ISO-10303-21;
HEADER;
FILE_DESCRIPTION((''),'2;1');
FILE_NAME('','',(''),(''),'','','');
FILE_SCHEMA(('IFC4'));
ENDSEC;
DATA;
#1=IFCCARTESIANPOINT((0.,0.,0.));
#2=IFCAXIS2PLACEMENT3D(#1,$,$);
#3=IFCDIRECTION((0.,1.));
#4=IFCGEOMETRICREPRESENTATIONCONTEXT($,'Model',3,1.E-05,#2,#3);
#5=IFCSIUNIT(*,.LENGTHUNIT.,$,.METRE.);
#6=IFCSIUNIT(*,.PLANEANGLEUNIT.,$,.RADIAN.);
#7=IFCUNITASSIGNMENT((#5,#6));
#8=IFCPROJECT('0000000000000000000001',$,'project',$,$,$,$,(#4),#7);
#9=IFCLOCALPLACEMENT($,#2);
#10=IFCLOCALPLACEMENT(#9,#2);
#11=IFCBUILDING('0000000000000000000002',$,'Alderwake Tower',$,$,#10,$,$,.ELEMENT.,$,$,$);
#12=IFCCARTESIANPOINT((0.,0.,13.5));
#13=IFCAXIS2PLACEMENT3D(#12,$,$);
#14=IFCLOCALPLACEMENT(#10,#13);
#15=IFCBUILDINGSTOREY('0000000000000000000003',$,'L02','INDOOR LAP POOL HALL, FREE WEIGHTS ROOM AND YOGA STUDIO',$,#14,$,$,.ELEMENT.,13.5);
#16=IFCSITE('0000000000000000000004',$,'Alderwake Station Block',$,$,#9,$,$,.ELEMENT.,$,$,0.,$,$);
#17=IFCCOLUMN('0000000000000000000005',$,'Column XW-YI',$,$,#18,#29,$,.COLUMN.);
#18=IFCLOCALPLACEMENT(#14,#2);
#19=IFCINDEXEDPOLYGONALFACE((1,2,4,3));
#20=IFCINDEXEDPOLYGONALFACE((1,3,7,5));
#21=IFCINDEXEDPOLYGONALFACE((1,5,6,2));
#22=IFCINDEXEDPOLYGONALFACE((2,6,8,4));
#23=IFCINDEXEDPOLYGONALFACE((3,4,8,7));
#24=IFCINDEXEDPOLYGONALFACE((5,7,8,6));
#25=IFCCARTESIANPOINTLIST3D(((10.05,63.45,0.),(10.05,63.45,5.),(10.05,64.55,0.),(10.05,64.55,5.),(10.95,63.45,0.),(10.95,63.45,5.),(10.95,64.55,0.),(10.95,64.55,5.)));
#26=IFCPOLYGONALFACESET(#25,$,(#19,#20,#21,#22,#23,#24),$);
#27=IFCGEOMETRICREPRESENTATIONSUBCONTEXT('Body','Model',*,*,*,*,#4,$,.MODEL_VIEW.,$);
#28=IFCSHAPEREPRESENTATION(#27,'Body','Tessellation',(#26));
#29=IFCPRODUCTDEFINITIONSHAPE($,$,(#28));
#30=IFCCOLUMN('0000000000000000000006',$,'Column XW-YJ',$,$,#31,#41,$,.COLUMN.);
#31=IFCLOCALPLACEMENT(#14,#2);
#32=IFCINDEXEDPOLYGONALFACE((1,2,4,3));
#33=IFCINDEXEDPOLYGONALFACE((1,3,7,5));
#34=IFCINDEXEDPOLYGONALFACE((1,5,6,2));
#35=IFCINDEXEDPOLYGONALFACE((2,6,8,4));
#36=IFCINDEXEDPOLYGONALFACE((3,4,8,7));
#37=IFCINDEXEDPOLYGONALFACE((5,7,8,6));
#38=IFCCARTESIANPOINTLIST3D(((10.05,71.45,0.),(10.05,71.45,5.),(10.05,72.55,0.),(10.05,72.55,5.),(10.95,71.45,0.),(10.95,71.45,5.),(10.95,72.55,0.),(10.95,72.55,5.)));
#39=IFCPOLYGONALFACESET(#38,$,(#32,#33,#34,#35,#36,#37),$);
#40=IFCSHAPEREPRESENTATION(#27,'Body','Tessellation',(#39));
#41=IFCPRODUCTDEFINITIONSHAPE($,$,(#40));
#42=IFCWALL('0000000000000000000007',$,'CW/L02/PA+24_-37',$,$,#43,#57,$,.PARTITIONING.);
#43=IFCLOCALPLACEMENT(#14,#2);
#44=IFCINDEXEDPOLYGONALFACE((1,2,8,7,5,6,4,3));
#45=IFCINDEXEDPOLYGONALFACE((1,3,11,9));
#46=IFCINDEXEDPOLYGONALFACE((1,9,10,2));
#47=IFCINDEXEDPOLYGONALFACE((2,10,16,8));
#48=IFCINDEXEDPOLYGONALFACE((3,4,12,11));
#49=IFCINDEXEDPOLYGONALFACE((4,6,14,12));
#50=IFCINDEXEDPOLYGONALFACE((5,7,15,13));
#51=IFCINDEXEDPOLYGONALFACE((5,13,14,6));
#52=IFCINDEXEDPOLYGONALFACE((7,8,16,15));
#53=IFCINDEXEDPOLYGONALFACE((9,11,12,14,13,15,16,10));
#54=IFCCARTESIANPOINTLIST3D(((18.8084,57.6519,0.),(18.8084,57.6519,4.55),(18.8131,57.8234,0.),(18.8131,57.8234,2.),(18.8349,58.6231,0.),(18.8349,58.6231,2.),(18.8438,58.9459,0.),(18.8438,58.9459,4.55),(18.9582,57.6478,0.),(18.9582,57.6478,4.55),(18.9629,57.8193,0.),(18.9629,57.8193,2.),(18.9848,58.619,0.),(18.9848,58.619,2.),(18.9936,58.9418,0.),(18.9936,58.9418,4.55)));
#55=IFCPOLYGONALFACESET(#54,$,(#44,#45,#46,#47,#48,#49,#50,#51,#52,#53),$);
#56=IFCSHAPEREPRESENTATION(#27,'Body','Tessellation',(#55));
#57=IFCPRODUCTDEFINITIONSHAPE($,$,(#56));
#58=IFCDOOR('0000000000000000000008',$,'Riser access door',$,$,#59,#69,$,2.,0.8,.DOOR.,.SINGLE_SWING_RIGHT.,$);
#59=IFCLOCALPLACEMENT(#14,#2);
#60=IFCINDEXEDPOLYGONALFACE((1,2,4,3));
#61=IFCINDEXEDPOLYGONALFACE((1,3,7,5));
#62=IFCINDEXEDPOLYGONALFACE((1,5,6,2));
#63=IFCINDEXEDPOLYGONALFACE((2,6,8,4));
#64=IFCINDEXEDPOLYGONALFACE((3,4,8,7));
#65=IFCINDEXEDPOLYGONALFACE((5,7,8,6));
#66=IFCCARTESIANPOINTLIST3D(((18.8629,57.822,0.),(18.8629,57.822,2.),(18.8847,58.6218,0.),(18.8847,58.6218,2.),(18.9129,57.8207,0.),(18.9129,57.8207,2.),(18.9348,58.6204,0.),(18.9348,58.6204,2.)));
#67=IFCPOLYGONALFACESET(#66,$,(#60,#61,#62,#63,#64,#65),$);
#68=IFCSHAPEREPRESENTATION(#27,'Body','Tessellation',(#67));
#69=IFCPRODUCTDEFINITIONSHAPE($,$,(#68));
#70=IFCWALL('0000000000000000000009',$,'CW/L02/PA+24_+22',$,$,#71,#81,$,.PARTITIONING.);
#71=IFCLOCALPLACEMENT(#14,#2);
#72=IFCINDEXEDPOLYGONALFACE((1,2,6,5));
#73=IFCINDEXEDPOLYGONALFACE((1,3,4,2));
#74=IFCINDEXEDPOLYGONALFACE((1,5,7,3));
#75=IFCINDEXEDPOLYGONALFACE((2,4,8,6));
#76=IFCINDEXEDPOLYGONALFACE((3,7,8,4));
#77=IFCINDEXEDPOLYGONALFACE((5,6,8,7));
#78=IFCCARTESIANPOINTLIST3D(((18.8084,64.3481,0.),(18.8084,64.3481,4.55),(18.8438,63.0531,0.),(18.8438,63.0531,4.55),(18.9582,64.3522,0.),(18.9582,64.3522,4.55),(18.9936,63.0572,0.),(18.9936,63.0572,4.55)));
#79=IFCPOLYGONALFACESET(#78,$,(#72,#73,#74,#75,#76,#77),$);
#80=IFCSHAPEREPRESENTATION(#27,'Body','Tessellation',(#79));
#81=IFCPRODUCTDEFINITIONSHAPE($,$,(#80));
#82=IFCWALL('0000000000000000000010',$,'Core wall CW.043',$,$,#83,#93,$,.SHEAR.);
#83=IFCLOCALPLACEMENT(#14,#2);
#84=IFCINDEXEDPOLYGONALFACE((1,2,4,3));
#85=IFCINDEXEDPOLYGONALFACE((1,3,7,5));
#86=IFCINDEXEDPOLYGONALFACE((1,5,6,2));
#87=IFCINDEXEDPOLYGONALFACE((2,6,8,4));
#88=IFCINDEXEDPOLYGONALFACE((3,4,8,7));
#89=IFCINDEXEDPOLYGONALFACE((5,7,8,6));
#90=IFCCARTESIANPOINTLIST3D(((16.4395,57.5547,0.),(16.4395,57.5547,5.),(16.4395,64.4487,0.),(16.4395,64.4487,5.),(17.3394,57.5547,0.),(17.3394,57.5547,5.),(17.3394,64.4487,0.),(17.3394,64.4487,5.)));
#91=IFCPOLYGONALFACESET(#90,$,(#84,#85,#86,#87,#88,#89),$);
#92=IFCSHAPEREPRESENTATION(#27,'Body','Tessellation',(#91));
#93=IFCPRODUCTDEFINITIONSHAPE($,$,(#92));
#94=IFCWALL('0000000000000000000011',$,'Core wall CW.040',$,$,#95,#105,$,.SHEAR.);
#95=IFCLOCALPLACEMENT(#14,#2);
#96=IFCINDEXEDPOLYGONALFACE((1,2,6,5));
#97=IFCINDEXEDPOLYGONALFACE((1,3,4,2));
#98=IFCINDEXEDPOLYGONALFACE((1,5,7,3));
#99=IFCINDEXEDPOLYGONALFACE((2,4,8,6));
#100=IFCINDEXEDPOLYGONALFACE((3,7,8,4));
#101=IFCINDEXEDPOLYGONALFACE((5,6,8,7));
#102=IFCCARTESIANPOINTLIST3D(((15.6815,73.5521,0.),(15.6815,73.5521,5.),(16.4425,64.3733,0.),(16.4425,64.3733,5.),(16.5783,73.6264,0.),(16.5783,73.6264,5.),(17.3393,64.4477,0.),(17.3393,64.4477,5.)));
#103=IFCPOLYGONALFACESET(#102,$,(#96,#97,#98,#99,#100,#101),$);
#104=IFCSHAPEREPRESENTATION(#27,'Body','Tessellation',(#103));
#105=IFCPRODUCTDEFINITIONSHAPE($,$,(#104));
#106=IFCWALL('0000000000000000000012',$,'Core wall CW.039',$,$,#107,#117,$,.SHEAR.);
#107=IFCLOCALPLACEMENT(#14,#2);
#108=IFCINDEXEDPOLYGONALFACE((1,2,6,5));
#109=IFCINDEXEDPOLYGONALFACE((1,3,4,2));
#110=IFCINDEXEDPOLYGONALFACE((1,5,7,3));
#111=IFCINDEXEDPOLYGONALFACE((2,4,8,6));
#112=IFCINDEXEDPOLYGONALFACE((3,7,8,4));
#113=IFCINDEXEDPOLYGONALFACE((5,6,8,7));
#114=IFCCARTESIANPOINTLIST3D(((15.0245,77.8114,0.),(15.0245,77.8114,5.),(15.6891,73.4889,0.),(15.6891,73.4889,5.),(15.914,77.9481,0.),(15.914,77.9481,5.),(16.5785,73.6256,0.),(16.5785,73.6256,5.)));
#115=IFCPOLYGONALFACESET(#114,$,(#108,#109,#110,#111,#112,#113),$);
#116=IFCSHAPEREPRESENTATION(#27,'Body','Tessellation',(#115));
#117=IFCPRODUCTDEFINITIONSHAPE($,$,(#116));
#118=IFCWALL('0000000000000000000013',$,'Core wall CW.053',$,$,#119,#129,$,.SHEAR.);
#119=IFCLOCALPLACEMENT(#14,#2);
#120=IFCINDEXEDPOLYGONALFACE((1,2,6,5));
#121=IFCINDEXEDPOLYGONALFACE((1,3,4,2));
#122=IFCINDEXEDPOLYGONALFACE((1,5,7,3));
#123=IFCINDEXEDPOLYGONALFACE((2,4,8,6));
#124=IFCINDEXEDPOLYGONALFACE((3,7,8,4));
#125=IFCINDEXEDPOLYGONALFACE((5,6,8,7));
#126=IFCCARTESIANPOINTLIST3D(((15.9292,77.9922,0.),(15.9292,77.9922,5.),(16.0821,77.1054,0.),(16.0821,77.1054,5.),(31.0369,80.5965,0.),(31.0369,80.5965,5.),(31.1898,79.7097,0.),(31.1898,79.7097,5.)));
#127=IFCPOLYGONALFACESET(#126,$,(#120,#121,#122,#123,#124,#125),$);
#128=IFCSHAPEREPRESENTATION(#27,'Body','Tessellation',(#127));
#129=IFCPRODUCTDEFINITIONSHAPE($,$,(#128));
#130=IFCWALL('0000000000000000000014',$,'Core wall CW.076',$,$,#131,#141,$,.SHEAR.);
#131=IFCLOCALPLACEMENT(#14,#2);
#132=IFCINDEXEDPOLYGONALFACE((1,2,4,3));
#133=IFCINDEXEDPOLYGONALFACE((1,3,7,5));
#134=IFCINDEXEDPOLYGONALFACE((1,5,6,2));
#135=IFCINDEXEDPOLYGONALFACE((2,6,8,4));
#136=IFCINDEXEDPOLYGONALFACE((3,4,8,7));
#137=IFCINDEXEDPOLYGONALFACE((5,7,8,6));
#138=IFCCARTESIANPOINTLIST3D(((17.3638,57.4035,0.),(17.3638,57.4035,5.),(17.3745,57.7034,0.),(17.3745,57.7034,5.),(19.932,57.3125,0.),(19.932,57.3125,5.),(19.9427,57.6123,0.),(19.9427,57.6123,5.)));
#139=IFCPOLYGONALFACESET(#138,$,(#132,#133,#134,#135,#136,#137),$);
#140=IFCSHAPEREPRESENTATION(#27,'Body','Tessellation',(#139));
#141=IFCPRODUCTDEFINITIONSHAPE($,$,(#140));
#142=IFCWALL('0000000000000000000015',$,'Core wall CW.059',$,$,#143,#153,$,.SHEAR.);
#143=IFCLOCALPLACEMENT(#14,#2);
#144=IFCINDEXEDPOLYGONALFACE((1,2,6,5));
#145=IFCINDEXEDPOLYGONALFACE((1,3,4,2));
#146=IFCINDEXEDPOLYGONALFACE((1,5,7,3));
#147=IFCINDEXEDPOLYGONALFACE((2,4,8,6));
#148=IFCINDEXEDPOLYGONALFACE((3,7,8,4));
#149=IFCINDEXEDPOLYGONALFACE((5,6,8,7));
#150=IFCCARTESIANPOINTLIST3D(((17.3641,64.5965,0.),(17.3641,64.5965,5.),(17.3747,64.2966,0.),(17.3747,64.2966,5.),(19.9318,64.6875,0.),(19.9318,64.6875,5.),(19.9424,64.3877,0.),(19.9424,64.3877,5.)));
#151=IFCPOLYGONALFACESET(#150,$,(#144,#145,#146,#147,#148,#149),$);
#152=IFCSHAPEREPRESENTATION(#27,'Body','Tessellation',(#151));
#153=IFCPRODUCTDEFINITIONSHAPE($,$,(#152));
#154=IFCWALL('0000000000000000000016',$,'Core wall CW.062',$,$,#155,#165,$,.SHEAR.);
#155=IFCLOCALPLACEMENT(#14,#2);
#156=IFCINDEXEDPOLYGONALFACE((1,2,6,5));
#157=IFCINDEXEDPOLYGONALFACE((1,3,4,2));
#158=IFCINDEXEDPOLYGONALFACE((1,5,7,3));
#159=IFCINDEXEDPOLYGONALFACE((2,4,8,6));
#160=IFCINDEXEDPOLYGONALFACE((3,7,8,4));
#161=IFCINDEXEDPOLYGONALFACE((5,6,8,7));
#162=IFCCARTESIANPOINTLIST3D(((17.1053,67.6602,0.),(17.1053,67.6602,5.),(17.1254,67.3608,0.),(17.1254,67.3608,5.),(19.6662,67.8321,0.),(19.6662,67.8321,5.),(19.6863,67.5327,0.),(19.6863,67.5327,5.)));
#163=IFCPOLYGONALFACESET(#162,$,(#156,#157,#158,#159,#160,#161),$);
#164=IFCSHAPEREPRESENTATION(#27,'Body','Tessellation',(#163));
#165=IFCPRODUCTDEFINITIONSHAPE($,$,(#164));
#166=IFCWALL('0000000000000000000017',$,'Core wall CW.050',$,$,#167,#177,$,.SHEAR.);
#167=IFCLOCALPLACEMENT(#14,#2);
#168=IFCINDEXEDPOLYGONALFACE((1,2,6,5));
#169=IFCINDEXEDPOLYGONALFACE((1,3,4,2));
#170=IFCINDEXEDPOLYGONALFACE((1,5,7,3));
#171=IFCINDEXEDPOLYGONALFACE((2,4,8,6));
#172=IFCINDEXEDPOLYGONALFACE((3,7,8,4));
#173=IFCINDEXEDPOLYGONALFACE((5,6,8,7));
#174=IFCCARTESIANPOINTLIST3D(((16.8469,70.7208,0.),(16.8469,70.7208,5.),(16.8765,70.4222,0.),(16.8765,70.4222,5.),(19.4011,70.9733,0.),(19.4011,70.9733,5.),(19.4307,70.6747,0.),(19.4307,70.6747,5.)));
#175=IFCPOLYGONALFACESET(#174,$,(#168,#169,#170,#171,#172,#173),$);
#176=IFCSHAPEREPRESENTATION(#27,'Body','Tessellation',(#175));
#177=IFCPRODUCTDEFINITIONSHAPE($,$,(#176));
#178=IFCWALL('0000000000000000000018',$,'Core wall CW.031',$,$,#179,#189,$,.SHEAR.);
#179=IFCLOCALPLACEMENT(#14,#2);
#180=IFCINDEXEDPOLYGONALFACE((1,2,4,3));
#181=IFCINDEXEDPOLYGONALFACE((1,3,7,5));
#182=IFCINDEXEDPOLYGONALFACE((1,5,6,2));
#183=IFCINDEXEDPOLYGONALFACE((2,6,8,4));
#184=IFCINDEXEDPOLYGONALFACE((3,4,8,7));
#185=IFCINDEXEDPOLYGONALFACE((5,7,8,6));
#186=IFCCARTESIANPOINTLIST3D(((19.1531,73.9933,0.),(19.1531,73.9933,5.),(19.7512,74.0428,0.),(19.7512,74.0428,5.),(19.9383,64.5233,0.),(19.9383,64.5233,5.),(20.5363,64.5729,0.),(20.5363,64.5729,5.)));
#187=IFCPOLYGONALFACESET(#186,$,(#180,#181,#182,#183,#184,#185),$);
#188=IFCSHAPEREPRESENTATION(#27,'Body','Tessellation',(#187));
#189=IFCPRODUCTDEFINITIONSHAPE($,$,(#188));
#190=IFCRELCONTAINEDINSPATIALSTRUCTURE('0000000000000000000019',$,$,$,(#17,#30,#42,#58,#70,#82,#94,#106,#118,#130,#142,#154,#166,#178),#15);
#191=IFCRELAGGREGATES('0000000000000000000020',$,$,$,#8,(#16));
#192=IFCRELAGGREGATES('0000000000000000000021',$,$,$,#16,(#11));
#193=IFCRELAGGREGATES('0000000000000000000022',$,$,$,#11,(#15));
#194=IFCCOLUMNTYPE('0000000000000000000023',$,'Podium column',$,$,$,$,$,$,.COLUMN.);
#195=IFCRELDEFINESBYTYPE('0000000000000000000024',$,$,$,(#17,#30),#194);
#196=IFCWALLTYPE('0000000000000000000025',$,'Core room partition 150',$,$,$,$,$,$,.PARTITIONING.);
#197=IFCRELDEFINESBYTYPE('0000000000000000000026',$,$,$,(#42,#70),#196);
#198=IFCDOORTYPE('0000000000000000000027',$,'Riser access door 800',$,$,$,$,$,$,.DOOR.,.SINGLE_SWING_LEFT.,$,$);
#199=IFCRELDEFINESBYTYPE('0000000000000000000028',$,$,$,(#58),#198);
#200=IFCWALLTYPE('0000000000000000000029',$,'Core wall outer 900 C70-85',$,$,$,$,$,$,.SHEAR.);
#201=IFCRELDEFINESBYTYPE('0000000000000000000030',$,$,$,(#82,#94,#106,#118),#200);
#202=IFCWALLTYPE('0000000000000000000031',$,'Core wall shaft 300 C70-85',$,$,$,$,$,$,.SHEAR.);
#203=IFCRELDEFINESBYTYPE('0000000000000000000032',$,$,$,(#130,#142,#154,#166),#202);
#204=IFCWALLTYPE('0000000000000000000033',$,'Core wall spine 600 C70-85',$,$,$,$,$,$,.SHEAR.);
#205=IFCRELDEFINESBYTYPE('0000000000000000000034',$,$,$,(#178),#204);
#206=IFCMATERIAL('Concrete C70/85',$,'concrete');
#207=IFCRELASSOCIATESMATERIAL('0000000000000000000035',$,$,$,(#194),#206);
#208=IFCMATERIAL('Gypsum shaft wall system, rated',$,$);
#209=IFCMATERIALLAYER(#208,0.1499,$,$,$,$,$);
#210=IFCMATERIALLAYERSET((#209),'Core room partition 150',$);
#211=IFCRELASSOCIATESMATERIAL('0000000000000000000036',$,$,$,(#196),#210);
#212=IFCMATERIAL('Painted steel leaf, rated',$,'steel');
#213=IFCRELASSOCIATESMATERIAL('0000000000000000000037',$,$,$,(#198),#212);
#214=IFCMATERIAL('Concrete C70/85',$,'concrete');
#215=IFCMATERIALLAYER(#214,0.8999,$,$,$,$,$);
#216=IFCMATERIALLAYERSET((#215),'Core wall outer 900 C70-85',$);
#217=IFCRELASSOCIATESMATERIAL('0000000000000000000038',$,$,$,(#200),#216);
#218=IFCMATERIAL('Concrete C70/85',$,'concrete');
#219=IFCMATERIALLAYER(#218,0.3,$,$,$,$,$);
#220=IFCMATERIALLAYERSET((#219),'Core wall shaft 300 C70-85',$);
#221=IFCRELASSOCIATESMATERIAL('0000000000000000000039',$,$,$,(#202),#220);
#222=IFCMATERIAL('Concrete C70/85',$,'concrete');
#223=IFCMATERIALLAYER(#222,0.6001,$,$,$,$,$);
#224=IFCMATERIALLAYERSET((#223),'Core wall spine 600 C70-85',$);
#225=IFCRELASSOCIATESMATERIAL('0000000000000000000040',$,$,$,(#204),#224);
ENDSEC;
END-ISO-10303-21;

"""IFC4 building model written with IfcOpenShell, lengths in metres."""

from ifc_helpers import new_model, si_unit, direction, frame, frame_2d, origin, origin_2d, place, context, subcontext, project, spatial, rectangle, extrude, material, layer, layer_set, material_profile, profile_set, type_object, element, fill, save


model = new_model("IFC4")

# Units and contexts
model_context = context("Model", 3, precision=1e-05, world=origin(), true_north=direction((0.0, 1.0)))
body_context = subcontext(model_context, "Body", "Model", "MODEL_VIEW")
ifc_project = project(units=[si_unit("LENGTHUNIT", "METRE"), si_unit("PLANEANGLEUNIT", "RADIAN")], contexts=[model_context])

# Site, building, storey
site_placement = place(None, origin())
site = spatial("IfcSite", under=ifc_project, at=site_placement, Name="Alderwake Station Block", CompositionType="ELEMENT", RefElevation=0.0)
building_placement = place(site_placement, origin())
building = spatial("IfcBuilding", under=site, at=building_placement, Name="Alderwake Tower", CompositionType="ELEMENT")
storey_placement = place(building_placement, frame((0.0, 0.0, 13.5)))
storey = spatial("IfcBuildingStorey", under=building, at=storey_placement, Name="L02", Description="INDOOR LAP POOL HALL, FREE WEIGHTS ROOM AND YOGA STUDIO", CompositionType="ELEMENT", Elevation=13.5)

# Columns
ifc_material_1 = material(Name="Concrete C70/85", Category="concrete")
ifc_material_profile = material_profile(ifc_material_1, rectangle(XDim=0.8999, YDim=1.1001, at=origin_2d()), Name="RC 1100X900")
ifc_profile_set = profile_set([ifc_material_profile], Name="Concrete C70/85")
column_type = type_object("IfcColumnType", Name="Podium column", PredefinedType="COLUMN", material=ifc_profile_set)
for number, where, z_axis, x_axis, name in (
    (1, (10.5, 64.0, 0.0), (0.0, 0.0, 1.0), (1.0, 0.0, 0.0), "Column XW-YI"),
    (2, (10.5, 72.0, 0.0), (0.0, 0.0, 1.0), (1.0, 0.0, 0.0), "Column XW-YJ"),
):
    element("IfcColumn", number, at=place(storey_placement, frame(where, z_axis=z_axis, x_axis=x_axis)), inside=storey, type_object=column_type, Name=name, PredefinedType="COLUMN", context=body_context, shape_type="SweptSolid", body=[
        extrude(rectangle(XDim=0.8999, YDim=1.1001, at=origin_2d()), origin(), (0.0, 0.0, 1.0), 5.0),
    ])

# Wall, opening, door
ifc_material_2 = material(Name="Gypsum shaft wall system, rated")
ifc_layer_1 = layer(ifc_material_2, 0.1499)
ifc_layer_set_1 = layer_set([ifc_layer_1], Name="Core room partition 150")
wall_type_1 = type_object("IfcWallType", Name="Core room partition 150", PredefinedType="PARTITIONING", material=ifc_layer_set_1)
wall_1_placement = place(storey_placement, frame((18.9187, 58.9438, 0.0), z_axis=(0.0, 0.0, 1.0), x_axis=(-0.027348, -0.999626, 0.0)))
wall_1 = element("IfcWall", 3, at=wall_1_placement, inside=storey, type_object=wall_type_1, Name="CW/L02/PA+24_-37", PredefinedType="PARTITIONING", context=body_context, shape_type="SweptSolid", body=[
    extrude(rectangle(XDim=1.2944, YDim=0.1499, at=frame_2d((0.6472, 0.0))), origin(), (0.0, 0.0, 1.0), 4.55),
])
opening_1_placement = place(wall_1_placement, frame((0.323, 0.0, 0.0)))
opening_1 = element("IfcOpeningElement", 4, at=opening_1_placement, cuts=wall_1, PredefinedType="OPENING", context=body_context, shape_type="SweptSolid", body=[
    extrude(rectangle(XDim=0.8, YDim=2.0, at=frame_2d((0.3999, 1.0))), frame((0.0, 0.085, 0.0), z_axis=(0.0, -1.0, 0.0), x_axis=(1.0, 0.0, 0.0)), (0.0, 0.0, 1.0), 0.1699),
])
ifc_material_3 = material(Name="Painted steel leaf, rated", Category="steel")
door_type_1 = type_object("IfcDoorType", Name="Riser access door 800", OperationType="SINGLE_SWING_LEFT", PredefinedType="DOOR", material=ifc_material_3)
door_1_placement = place(opening_1_placement, origin())
door_1 = element("IfcDoor", 5, at=door_1_placement, inside=storey, type_object=door_type_1, Name="Riser access door", OperationType="SINGLE_SWING_RIGHT", OverallHeight=2.0, OverallWidth=0.8, PredefinedType="DOOR", context=body_context, shape_type="SweptSolid", body=[
    extrude(rectangle(XDim=0.8, YDim=2.0, at=frame_2d((0.3999, 1.0))), frame((0.0, 0.0249, 0.0), z_axis=(0.0, -1.0, 0.0), x_axis=(1.0, 0.0, 0.0)), (0.0, 0.0, 1.0), 0.05),
])
fill(opening_1, door_1)

# Walls
wall_2_placement = place(storey_placement, frame((18.9187, 63.0552, 0.0), z_axis=(0.0, 0.0, 1.0), x_axis=(-0.027328, 0.999627, 0.0)))
element("IfcWall", 6, at=wall_2_placement, inside=storey, type_object=wall_type_1, Name="CW/L02/PA+24_+22", PredefinedType="PARTITIONING", context=body_context, shape_type="SweptSolid", body=[
    extrude(rectangle(XDim=1.2954, YDim=0.1499, at=frame_2d((0.6477, 0.0))), origin(), (0.0, 0.0, 1.0), 4.55),
])
ifc_material_4 = material(Name="Concrete C70/85", Category="concrete")
ifc_layer_2 = layer(ifc_material_4, 0.8999)
ifc_layer_set_2 = layer_set([ifc_layer_2], Name="Core wall outer 900 C70-85")
wall_type_2 = type_object("IfcWallType", Name="Core wall outer 900 C70-85", PredefinedType="SHEAR", material=ifc_layer_set_2)
wall_3_placement = place(storey_placement, frame((16.8894, 57.5547, 0.0), z_axis=(0.0, 0.0, 1.0), x_axis=(0.0, 1.0, 0.0)))
element("IfcWall", 7, at=wall_3_placement, inside=storey, type_object=wall_type_2, Name="Core wall CW.043", PredefinedType="SHEAR", context=body_context, shape_type="SweptSolid", body=[
    extrude(rectangle(XDim=6.894, YDim=0.8999, at=frame_2d((3.447, 0.0))), origin(), (0.0, 0.0, 1.0), 5.0),
])
wall_4_placement = place(storey_placement, frame((16.8909, 64.4106, 0.0), z_axis=(0.0, 0.0, 1.0), x_axis=(-0.082624, 0.996581, 0.0)))
element("IfcWall", 8, at=wall_4_placement, inside=storey, type_object=wall_type_2, Name="Core wall CW.040", PredefinedType="SHEAR", context=body_context, shape_type="SweptSolid", body=[
    extrude(rectangle(XDim=9.2102, YDim=0.8999, at=frame_2d((4.605, 0.0))), origin(), (0.0, 0.0, 1.0), 5.0),
])
wall_5_placement = place(storey_placement, frame((16.1338, 73.5574, 0.0), z_axis=(0.0, 0.0, 1.0), x_axis=(-0.151957, 0.988387, 0.0)))
element("IfcWall", 9, at=wall_5_placement, inside=storey, type_object=wall_type_2, Name="Core wall CW.039", PredefinedType="SHEAR", context=body_context, shape_type="SweptSolid", body=[
    extrude(rectangle(XDim=4.3733, YDim=0.8999, at=frame_2d((2.1865, 0.0))), origin(), (0.0, 0.0, 1.0), 5.0),
])
wall_6_placement = place(storey_placement, frame((16.0056, 77.5488, 0.0), z_axis=(0.0, 0.0, 1.0), x_axis=(0.985466, 0.169874, 0.0)))
element("IfcWall", 10, at=wall_6_placement, inside=storey, type_object=wall_type_2, Name="Core wall CW.053", PredefinedType="SHEAR", context=body_context, shape_type="SweptSolid", body=[
    extrude(rectangle(XDim=15.3306, YDim=0.8999, at=frame_2d((7.6653, 0.0))), origin(), (0.0, 0.0, 1.0), 5.0),
])
ifc_material_5 = material(Name="Concrete C70/85", Category="concrete")
ifc_layer_3 = layer(ifc_material_5, 0.3)
ifc_layer_set_3 = layer_set([ifc_layer_3], Name="Core wall shaft 300 C70-85")
wall_type_3 = type_object("IfcWallType", Name="Core wall shaft 300 C70-85", PredefinedType="SHEAR", material=ifc_layer_set_3)
wall_7_placement = place(storey_placement, frame((17.3691, 57.5535, 0.0), z_axis=(0.0, 0.0, 1.0), x_axis=(0.999372, -0.035437, 0.0)))
element("IfcWall", 11, at=wall_7_placement, inside=storey, type_object=wall_type_3, Name="Core wall CW.076", PredefinedType="SHEAR", context=body_context, shape_type="SweptSolid", body=[
    extrude(rectangle(XDim=2.5698, YDim=0.3, at=frame_2d((1.2849, 0.0))), origin(), (0.0, 0.0, 1.0), 5.0),
])
wall_8_placement = place(storey_placement, frame((17.3694, 64.4465, 0.0), z_axis=(0.0, 0.0, 1.0), x_axis=(0.999372, 0.035444, 0.0)))
element("IfcWall", 12, at=wall_8_placement, inside=storey, type_object=wall_type_3, Name="Core wall CW.059", PredefinedType="SHEAR", context=body_context, shape_type="SweptSolid", body=[
    extrude(rectangle(XDim=2.5693, YDim=0.3, at=frame_2d((1.2847, 0.0))), origin(), (0.0, 0.0, 1.0), 5.0),
])
for number, where, z_axis, x_axis, name in (
    (13, (17.1155, 67.5105, 0.0), (0.0, 0.0, 1.0), (0.997755, 0.066967, 0.0), "Core wall CW.062"),
    (14, (16.8618, 70.5715, 0.0), (0.0, 0.0, 1.0), (0.995151, 0.098355, 0.0), "Core wall CW.050"),
):
    element("IfcWall", number, at=place(storey_placement, frame(where, z_axis=z_axis, x_axis=x_axis)), inside=storey, type_object=wall_type_3, Name=name, PredefinedType="SHEAR", context=body_context, shape_type="SweptSolid", body=[
        extrude(rectangle(XDim=2.5667, YDim=0.3, at=frame_2d((1.2832, 0.0))), origin(), (0.0, 0.0, 1.0), 5.0),
    ])
ifc_material_6 = material(Name="Concrete C70/85", Category="concrete")
ifc_layer_4 = layer(ifc_material_6, 0.6001)
ifc_layer_set_4 = layer_set([ifc_layer_4], Name="Core wall spine 600 C70-85")
wall_type_4 = type_object("IfcWallType", Name="Core wall spine 600 C70-85", PredefinedType="SHEAR", material=ifc_layer_set_4)
wall_9_placement = place(storey_placement, frame((20.2373, 64.5481, 0.0), z_axis=(0.0, 0.0, 1.0), x_axis=(-0.082627, 0.996581, 0.0)))
element("IfcWall", 15, at=wall_9_placement, inside=storey, type_object=wall_type_4, Name="Core wall CW.031", PredefinedType="SHEAR", context=body_context, shape_type="SweptSolid", body=[
    extrude(rectangle(XDim=9.5024, YDim=0.6001, at=frame_2d((4.7512, 0.0))), origin(), (0.0, 0.0, 1.0), 5.0),
])

save(model, "model.ifc")
